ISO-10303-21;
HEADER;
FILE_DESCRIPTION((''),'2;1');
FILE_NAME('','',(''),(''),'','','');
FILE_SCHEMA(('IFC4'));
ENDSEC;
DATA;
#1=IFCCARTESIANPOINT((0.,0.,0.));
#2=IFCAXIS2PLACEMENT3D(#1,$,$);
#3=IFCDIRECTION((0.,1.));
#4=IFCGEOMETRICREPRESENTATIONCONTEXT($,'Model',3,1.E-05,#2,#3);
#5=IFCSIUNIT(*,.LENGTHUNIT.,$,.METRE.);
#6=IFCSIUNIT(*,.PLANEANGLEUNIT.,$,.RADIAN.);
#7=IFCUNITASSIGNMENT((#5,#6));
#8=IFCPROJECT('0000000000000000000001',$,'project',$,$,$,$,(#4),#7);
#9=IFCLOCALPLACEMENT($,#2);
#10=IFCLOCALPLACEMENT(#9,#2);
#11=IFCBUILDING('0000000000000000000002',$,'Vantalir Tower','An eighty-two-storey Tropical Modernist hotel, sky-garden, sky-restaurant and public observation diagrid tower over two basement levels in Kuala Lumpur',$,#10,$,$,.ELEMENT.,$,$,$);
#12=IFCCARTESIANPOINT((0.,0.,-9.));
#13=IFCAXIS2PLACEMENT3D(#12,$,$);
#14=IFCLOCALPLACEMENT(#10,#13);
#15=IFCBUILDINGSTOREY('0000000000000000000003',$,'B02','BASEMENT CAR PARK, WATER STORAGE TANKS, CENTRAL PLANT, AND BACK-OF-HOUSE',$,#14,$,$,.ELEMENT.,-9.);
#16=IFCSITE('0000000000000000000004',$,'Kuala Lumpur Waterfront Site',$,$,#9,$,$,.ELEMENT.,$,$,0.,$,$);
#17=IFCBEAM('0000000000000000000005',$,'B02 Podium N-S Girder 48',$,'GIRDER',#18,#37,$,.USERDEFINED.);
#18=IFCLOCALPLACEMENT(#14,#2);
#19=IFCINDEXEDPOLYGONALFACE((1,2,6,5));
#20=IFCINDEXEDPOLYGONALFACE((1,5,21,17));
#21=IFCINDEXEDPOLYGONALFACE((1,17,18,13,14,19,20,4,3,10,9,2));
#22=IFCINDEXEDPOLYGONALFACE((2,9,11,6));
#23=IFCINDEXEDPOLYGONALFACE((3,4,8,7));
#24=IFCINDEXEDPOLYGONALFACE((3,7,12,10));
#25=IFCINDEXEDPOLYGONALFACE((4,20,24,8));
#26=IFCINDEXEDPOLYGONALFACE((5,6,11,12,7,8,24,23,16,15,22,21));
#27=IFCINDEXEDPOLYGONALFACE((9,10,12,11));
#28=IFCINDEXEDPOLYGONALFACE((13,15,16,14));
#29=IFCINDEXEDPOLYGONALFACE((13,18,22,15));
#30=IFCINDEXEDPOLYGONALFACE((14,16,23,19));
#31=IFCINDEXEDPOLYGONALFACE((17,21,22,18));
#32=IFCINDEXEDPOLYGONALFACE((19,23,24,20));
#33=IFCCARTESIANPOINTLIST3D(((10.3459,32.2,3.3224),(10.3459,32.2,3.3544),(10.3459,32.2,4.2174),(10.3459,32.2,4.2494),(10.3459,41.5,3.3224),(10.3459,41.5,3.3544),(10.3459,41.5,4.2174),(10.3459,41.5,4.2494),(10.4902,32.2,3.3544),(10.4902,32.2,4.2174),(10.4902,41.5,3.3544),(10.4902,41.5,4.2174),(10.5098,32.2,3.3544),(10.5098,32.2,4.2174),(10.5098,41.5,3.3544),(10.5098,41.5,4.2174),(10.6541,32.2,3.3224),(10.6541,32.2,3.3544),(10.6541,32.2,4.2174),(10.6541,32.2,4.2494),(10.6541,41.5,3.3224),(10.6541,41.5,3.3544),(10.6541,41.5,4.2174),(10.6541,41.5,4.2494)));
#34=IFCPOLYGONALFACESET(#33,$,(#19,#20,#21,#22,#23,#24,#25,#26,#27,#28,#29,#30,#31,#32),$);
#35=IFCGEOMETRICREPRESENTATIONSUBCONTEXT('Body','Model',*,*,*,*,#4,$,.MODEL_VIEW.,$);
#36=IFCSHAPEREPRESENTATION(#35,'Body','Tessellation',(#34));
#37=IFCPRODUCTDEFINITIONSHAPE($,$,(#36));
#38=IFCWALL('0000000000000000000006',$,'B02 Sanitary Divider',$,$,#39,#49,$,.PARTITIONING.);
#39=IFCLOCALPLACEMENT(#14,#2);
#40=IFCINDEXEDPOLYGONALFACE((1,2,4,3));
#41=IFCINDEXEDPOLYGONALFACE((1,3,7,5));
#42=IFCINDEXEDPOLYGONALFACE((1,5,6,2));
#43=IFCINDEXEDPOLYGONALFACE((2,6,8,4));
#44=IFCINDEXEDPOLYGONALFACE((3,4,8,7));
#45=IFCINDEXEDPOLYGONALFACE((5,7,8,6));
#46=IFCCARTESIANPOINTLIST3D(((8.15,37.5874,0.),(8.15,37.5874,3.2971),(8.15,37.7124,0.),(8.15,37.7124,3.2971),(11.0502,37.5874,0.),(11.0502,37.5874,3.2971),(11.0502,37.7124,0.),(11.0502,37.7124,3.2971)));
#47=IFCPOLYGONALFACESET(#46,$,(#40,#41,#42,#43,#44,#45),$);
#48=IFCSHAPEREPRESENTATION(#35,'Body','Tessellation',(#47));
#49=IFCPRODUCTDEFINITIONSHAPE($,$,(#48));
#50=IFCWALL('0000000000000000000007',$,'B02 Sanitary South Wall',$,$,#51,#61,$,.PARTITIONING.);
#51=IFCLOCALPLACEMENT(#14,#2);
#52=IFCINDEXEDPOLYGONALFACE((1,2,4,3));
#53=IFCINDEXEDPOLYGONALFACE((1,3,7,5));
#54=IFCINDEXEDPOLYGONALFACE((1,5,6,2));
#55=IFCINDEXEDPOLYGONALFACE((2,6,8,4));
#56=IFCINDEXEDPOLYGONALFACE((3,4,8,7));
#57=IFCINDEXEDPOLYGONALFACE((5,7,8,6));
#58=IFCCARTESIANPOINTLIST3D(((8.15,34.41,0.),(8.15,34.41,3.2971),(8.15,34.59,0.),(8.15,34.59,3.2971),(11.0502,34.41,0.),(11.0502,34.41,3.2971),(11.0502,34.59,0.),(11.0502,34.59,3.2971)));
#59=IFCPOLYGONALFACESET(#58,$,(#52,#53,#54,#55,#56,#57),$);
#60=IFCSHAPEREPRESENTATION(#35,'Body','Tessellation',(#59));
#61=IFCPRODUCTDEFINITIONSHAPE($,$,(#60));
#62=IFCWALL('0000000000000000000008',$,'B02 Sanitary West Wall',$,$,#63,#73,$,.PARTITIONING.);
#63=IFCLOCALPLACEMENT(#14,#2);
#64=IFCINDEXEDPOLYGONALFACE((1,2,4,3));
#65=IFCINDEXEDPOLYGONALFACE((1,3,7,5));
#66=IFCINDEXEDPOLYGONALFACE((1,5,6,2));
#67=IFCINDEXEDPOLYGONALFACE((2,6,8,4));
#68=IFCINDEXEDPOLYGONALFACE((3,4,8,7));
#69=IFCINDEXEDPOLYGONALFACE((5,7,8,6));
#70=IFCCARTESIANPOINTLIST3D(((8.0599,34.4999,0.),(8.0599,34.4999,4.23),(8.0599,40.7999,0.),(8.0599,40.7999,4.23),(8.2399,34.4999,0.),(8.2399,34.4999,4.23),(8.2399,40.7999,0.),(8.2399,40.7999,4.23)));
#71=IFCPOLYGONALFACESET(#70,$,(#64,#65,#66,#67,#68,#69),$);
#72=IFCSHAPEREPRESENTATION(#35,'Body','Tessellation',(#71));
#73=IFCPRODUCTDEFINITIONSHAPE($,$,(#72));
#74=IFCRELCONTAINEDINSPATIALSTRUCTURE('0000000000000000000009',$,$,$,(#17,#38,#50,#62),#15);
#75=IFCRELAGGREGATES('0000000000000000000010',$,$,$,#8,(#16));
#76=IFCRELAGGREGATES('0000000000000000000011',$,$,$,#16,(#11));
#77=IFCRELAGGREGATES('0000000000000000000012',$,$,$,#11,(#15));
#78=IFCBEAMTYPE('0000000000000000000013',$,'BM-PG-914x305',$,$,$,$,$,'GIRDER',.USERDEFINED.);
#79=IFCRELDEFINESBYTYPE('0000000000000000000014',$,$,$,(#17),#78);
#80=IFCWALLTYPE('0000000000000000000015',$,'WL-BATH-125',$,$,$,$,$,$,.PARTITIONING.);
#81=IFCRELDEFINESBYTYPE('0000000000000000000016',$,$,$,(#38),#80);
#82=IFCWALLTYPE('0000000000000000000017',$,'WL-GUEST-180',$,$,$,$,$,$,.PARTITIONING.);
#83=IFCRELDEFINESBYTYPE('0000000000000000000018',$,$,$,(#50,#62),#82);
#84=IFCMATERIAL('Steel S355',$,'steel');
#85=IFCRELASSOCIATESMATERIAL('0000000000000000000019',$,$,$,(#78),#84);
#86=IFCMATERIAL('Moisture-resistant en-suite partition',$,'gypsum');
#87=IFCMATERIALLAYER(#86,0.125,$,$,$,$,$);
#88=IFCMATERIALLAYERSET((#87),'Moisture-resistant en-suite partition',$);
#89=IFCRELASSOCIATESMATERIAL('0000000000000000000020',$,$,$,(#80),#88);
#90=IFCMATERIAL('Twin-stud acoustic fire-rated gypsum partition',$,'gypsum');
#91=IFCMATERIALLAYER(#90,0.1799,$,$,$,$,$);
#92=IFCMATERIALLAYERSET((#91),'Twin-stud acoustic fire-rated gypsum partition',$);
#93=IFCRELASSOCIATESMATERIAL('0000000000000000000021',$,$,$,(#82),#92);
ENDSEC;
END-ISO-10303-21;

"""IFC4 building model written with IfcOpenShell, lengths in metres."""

from ifc_helpers import new_model, si_unit, direction, frame, frame_2d, origin, origin_2d, place, context, subcontext, project, spatial, rectangle, i_section, extrude, material, layer, layer_set, material_profile, profile_set, type_object, element, save


model = new_model("IFC4")

# Units and contexts
model_context = context("Model", 3, precision=1e-05, world=origin(), true_north=direction((0.0, 1.0)))
body_context = subcontext(model_context, "Body", "Model", "MODEL_VIEW")
ifc_project = project(units=[si_unit("LENGTHUNIT", "METRE"), si_unit("PLANEANGLEUNIT", "RADIAN")], contexts=[model_context])

# Site, building, storey
site_placement = place(None, origin())
site = spatial("IfcSite", under=ifc_project, at=site_placement, Name="Kuala Lumpur Waterfront Site", CompositionType="ELEMENT", RefElevation=0.0)
building_placement = place(site_placement, origin())
building = spatial("IfcBuilding", under=site, at=building_placement, Name="Vantalir Tower", Description="An eighty-two-storey Tropical Modernist hotel, sky-garden, sky-restaurant and public observation diagrid tower over two basement levels in Kuala Lumpur", CompositionType="ELEMENT")
storey_placement = place(building_placement, frame((0.0, 0.0, -9.0)))
storey = spatial("IfcBuildingStorey", under=building, at=storey_placement, Name="B02", Description="BASEMENT CAR PARK, WATER STORAGE TANKS, CENTRAL PLANT, AND BACK-OF-HOUSE", CompositionType="ELEMENT", Elevation=-9.0)

# Beam
ifc_material_1 = material(Name="Steel S355", Category="steel")
ifc_material_profile_1 = material_profile(ifc_material_1, i_section(OverallWidth=0.3081, OverallDepth=0.927, WebThickness=0.0195, FlangeThickness=0.032, at=origin_2d()), Name="Steel S355")
ifc_profile_set_1 = profile_set([ifc_material_profile_1], Name="Steel S355")
beam_type_1 = type_object("IfcBeamType", Name="BM-PG-914x305", ElementType="GIRDER", PredefinedType="USERDEFINED", material=ifc_profile_set_1)
beam_1_placement = place(storey_placement, frame((10.5, 32.2, 3.7859), z_axis=(0.0, 1.0, 0.0), x_axis=(-1.0, 0.0, 0.0)))
element("IfcBeam", 1, at=beam_1_placement, inside=storey, type_object=beam_type_1, Name="B02 Podium N-S Girder 48", ObjectType="GIRDER", PredefinedType="USERDEFINED", context=body_context, shape_type="SweptSolid", body=[
    extrude(i_section(OverallWidth=0.3081, OverallDepth=0.927, WebThickness=0.0195, FlangeThickness=0.032, at=origin_2d()), origin(), (0.0, 0.0, 1.0), 9.3),
])

# Walls
ifc_material_2 = material(Name="Moisture-resistant en-suite partition", Category="gypsum")
ifc_layer_1 = layer(ifc_material_2, 0.125)
ifc_layer_set_1 = layer_set([ifc_layer_1], Name="Moisture-resistant en-suite partition")
wall_type_1 = type_object("IfcWallType", Name="WL-BATH-125", PredefinedType="PARTITIONING", material=ifc_layer_set_1)
wall_1_placement = place(storey_placement, frame((8.1499, 37.6499, 0.0), z_axis=(0.0, 0.0, 1.0), x_axis=(1.0, 0.0, 0.0)))
element("IfcWall", 2, at=wall_1_placement, inside=storey, type_object=wall_type_1, Name="B02 Sanitary Divider", PredefinedType="PARTITIONING", context=body_context, shape_type="SweptSolid", body=[
    extrude(rectangle(XDim=2.9001, YDim=0.125, at=frame_2d((1.4502, 0.0))), origin(), (0.0, 0.0, 1.0), 3.2971),
])
ifc_material_3 = material(Name="Twin-stud acoustic fire-rated gypsum partition", Category="gypsum")
ifc_layer_2 = layer(ifc_material_3, 0.1799)
ifc_layer_set_2 = layer_set([ifc_layer_2], Name="Twin-stud acoustic fire-rated gypsum partition")
wall_type_2 = type_object("IfcWallType", Name="WL-GUEST-180", PredefinedType="PARTITIONING", material=ifc_layer_set_2)
wall_2_placement = place(storey_placement, frame((8.1499, 34.5, 0.0), z_axis=(0.0, 0.0, 1.0), x_axis=(1.0, 0.0, 0.0)))
element("IfcWall", 3, at=wall_2_placement, inside=storey, type_object=wall_type_2, Name="B02 Sanitary South Wall", PredefinedType="PARTITIONING", context=body_context, shape_type="SweptSolid", body=[
    extrude(rectangle(XDim=2.9001, YDim=0.1799, at=frame_2d((1.4502, 0.0))), origin(), (0.0, 0.0, 1.0), 3.2971),
])
wall_3_placement = place(storey_placement, frame((8.1499, 34.5, 0.0), z_axis=(0.0, 0.0, 1.0), x_axis=(0.0, 1.0, 0.0)))
element("IfcWall", 4, at=wall_3_placement, inside=storey, type_object=wall_type_2, Name="B02 Sanitary West Wall", PredefinedType="PARTITIONING", context=body_context, shape_type="SweptSolid", body=[
    extrude(rectangle(XDim=6.3, YDim=0.1799, at=frame_2d((3.1499, 0.0))), origin(), (0.0, 0.0, 1.0), 4.23),
])

save(model, "model.ifc")
